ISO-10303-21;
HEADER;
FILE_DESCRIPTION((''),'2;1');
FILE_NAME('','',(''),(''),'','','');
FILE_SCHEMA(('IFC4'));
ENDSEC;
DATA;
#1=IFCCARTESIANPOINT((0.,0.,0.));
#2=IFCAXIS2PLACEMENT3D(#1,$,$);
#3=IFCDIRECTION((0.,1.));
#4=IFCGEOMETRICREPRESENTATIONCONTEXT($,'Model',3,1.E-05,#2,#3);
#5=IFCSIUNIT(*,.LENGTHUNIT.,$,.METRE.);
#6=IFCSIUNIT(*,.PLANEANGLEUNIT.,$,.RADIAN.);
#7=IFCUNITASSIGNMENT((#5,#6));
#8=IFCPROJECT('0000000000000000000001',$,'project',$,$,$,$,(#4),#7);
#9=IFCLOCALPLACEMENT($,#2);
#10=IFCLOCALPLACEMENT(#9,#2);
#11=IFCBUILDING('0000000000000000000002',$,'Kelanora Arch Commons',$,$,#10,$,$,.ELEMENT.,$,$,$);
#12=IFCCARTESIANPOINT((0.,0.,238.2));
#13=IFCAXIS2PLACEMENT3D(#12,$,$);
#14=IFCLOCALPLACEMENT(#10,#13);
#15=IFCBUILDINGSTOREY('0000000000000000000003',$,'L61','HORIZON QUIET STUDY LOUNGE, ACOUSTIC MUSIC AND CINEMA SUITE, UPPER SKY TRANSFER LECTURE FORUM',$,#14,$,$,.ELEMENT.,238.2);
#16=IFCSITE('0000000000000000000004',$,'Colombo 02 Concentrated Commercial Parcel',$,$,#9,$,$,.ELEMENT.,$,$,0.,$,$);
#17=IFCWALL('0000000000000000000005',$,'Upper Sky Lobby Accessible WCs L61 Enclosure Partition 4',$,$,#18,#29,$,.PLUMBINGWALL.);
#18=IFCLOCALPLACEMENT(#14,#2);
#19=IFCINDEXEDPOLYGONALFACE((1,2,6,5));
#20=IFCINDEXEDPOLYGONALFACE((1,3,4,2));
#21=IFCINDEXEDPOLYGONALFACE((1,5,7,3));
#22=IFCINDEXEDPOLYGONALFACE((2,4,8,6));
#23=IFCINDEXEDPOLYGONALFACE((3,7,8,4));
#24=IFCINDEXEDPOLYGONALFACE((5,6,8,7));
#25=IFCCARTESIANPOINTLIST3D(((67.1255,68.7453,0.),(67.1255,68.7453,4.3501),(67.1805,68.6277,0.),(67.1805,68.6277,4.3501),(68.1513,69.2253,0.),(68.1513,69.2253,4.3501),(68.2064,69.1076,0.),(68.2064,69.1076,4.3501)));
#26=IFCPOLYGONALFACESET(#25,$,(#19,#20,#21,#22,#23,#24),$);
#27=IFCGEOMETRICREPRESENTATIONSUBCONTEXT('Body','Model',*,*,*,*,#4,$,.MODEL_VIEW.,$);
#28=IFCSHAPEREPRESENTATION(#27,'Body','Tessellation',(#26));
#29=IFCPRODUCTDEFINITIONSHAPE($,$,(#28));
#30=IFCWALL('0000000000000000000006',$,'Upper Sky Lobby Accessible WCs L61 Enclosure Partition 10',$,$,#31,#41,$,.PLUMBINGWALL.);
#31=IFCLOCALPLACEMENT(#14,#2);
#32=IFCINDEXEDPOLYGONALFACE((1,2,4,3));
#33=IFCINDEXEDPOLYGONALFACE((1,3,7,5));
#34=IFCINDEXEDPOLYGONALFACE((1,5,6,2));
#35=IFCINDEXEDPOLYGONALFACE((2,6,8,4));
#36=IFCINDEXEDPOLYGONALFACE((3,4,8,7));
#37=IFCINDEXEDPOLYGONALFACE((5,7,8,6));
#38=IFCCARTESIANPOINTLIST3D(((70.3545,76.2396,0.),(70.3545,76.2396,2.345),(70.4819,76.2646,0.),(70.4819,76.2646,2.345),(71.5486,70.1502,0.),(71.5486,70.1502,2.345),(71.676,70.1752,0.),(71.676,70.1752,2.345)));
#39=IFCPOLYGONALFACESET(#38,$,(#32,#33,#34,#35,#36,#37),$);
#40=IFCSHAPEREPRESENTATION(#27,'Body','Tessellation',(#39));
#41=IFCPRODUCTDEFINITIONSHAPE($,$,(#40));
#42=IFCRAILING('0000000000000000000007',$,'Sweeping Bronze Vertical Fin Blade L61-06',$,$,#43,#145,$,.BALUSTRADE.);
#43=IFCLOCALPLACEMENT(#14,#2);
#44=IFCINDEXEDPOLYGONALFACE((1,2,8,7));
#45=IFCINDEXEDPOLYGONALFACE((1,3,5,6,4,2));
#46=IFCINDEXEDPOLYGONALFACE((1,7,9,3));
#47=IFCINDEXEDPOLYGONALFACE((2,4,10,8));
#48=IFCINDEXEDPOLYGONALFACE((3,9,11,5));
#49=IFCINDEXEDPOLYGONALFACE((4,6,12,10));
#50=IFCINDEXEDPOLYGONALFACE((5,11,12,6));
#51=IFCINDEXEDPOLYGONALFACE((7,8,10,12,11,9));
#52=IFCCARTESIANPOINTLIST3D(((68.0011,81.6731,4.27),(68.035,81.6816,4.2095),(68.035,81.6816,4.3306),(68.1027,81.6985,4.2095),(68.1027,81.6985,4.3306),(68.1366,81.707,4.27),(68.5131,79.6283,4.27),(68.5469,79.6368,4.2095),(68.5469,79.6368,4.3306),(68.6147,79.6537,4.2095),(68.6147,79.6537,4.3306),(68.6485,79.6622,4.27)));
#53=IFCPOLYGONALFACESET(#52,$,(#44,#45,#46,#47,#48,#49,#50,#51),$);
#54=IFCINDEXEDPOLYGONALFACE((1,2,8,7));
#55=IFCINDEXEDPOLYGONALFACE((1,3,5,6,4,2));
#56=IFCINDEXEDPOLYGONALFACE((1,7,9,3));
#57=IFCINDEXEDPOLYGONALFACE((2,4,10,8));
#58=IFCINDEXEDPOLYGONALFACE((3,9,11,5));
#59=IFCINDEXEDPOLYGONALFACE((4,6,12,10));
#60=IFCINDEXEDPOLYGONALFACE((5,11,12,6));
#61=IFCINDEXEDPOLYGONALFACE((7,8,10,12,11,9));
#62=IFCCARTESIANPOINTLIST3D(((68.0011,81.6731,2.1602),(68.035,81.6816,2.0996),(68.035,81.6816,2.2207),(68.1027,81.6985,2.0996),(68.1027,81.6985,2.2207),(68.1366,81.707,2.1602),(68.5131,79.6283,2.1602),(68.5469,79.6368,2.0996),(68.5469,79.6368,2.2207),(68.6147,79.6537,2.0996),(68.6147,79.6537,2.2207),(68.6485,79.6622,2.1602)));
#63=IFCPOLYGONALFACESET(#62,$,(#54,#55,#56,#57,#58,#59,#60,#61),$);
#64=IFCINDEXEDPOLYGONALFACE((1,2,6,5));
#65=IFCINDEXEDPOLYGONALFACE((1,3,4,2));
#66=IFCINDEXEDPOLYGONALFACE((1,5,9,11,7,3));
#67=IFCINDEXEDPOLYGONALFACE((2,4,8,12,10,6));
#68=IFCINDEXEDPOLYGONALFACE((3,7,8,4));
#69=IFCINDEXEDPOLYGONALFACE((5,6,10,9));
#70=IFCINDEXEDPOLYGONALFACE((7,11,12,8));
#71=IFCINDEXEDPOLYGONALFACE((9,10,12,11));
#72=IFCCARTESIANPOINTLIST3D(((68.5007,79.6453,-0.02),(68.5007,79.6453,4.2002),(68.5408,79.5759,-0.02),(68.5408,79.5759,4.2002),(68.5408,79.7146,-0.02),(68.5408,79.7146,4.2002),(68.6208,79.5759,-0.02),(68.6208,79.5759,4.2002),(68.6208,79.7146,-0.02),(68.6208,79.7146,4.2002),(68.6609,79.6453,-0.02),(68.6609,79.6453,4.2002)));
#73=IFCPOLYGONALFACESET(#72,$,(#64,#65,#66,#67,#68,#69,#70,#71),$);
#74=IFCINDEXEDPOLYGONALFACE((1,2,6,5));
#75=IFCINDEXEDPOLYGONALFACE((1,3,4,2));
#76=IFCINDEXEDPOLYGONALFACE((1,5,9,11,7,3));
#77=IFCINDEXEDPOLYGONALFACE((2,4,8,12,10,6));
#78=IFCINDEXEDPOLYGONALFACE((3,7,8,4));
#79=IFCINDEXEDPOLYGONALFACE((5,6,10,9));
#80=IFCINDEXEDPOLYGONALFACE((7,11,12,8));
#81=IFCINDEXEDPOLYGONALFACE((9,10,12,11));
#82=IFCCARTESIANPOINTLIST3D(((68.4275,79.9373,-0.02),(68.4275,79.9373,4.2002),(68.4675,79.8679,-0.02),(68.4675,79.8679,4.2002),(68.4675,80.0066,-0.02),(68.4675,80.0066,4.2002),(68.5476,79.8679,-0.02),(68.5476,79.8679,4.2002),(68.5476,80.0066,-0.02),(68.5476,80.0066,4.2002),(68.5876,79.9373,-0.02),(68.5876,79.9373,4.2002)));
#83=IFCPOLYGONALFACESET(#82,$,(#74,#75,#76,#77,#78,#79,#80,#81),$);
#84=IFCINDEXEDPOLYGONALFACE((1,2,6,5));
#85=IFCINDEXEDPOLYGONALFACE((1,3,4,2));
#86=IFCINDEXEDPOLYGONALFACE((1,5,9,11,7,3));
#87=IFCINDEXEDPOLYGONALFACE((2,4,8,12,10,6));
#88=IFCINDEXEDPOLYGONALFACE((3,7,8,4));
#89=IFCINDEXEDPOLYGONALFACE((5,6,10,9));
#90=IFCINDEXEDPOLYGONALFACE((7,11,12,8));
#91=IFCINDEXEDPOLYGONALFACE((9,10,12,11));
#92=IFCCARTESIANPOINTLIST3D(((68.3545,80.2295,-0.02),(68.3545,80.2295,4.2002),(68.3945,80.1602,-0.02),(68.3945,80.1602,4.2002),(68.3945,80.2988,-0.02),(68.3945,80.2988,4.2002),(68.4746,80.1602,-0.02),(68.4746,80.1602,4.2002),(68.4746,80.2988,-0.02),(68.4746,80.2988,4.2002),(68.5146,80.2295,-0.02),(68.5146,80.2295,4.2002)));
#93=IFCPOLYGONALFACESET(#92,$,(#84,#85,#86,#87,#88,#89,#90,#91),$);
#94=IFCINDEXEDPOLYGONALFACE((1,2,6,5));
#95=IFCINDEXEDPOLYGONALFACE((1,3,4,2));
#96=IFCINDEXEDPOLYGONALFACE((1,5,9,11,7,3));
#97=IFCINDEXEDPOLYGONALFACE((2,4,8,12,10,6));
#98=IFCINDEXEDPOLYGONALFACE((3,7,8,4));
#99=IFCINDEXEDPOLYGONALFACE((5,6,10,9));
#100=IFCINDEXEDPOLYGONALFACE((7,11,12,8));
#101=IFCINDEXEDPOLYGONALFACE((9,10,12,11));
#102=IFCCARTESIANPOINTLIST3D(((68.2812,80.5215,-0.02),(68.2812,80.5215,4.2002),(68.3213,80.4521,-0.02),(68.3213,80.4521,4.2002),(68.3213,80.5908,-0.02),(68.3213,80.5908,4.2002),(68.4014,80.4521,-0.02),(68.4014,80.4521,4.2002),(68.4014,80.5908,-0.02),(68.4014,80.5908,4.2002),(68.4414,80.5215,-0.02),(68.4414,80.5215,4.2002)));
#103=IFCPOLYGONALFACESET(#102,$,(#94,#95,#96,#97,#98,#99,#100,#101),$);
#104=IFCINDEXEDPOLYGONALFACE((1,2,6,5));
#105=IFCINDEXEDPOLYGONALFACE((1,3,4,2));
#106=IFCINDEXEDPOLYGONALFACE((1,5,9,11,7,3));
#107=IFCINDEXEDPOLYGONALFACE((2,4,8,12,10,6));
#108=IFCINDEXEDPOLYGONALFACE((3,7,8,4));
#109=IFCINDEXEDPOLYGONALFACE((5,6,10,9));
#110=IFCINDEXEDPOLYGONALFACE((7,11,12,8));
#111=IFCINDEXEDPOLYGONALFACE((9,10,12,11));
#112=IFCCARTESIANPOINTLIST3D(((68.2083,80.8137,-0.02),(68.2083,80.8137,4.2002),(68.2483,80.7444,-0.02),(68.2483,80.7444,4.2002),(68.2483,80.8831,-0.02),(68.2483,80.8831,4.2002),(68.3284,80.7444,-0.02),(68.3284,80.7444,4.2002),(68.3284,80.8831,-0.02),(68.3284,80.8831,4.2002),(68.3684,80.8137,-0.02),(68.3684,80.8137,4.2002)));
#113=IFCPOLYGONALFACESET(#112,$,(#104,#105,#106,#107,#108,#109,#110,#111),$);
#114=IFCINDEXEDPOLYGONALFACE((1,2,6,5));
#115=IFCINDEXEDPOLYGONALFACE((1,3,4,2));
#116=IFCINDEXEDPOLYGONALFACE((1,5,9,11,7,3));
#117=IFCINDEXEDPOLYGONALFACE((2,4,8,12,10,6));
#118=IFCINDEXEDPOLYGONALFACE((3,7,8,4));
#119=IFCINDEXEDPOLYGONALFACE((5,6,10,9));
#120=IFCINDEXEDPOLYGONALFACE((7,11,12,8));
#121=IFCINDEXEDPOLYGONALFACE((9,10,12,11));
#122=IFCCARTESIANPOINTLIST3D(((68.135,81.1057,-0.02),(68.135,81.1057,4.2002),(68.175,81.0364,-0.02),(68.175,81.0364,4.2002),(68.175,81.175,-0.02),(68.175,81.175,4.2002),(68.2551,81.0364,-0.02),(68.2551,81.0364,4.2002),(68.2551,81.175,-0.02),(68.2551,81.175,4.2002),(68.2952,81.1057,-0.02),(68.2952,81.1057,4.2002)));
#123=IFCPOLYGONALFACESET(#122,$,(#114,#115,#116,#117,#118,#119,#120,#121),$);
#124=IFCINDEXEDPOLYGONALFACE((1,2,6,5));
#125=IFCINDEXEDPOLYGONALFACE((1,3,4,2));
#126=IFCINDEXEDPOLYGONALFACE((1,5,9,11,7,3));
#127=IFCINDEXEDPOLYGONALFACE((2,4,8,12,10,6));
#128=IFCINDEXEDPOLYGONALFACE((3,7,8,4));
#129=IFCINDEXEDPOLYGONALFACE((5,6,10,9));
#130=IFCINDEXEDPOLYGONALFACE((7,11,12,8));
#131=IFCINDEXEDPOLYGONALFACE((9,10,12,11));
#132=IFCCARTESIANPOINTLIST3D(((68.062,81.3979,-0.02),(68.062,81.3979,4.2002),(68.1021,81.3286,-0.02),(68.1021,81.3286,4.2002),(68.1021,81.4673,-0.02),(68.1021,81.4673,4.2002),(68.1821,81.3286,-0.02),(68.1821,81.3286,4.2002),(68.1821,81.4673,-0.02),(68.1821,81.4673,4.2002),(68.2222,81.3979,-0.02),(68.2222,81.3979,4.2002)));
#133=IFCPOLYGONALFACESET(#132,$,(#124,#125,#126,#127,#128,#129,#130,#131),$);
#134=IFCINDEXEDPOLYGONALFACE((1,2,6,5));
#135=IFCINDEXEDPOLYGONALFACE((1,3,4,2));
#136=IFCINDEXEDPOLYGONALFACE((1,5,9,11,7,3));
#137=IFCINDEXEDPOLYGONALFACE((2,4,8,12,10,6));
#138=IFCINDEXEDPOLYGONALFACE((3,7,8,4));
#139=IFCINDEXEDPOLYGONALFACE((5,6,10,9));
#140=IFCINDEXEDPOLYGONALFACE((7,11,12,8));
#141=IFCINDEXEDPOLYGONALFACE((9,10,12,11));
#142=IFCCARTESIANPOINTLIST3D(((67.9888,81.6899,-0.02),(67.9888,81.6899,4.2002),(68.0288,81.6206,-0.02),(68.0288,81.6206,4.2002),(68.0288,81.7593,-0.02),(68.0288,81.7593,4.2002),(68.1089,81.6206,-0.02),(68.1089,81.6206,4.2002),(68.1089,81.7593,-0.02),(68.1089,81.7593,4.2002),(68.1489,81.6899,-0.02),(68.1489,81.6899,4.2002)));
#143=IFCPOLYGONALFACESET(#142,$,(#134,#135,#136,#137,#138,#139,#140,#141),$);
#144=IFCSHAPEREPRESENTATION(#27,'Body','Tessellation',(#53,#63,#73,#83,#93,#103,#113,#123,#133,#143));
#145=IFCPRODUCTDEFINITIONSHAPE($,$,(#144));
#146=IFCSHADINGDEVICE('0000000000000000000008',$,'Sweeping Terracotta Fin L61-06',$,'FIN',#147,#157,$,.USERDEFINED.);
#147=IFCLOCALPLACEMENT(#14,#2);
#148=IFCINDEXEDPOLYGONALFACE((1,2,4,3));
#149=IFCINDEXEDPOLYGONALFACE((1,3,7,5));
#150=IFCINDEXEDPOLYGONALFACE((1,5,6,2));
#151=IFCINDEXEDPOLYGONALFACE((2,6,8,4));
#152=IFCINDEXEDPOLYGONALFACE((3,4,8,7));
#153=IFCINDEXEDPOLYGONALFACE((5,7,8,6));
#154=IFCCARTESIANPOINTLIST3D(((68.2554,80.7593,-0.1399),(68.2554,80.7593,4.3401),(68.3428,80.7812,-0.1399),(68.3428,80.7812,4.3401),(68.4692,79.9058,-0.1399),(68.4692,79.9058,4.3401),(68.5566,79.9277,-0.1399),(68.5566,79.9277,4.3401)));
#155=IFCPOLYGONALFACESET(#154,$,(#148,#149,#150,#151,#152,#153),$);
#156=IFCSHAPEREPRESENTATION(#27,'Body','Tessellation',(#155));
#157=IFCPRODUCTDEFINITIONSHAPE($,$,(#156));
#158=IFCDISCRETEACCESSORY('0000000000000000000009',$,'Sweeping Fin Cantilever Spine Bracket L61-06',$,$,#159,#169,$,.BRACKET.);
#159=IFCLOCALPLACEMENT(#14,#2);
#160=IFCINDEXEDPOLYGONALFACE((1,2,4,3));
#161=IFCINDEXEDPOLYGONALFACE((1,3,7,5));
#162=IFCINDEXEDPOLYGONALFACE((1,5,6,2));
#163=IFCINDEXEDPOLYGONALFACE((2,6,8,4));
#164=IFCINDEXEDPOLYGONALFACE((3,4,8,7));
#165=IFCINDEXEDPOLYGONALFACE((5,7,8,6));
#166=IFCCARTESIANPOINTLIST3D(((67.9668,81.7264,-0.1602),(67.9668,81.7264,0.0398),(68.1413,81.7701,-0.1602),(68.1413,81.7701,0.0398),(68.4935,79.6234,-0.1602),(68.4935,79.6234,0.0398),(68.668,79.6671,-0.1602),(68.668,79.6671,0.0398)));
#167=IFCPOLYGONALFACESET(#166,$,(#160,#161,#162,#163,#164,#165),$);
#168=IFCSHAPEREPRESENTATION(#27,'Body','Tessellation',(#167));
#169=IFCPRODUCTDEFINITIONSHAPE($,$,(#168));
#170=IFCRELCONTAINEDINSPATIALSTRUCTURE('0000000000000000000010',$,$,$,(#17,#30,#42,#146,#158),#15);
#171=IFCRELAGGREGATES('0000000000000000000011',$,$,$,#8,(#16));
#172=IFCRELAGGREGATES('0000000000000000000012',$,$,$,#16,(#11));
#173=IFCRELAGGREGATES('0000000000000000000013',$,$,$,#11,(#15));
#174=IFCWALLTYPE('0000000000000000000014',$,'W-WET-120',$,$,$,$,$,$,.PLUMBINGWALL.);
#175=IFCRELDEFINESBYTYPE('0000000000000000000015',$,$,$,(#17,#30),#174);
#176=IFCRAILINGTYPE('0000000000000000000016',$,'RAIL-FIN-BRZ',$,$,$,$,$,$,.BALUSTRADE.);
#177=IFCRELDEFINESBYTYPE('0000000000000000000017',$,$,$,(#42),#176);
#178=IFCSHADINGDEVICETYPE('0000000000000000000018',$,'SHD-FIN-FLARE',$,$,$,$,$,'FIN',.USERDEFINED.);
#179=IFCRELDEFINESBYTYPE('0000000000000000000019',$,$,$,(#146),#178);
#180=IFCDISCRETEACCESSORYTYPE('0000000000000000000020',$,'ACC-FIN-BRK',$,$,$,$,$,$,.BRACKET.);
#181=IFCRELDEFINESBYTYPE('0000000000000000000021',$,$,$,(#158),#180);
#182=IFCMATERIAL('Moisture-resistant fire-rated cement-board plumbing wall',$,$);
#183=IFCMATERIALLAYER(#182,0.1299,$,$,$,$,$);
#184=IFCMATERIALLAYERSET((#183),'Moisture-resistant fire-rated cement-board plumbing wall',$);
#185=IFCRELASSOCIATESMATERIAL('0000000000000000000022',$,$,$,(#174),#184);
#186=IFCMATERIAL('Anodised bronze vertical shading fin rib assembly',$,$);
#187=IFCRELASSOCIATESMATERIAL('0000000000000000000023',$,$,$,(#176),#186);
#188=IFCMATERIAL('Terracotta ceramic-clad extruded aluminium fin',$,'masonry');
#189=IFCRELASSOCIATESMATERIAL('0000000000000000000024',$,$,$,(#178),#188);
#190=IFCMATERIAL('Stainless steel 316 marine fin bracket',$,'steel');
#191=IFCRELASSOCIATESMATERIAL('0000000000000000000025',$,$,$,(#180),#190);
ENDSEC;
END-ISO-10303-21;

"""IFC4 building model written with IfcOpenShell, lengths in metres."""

from ifc_helpers import new_model, si_unit, direction, frame, frame_2d, origin, origin_2d, place, context, subcontext, project, spatial, polyline, rectangle, outline, extrude, source, transform, mapped, material, layer, layer_set, type_object, element, save


model = new_model("IFC4")

# Units and contexts
model_context = context("Model", 3, precision=1e-05, world=origin(), true_north=direction((0.0, 1.0)))
body_context = subcontext(model_context, "Body", "Model", "MODEL_VIEW")
ifc_project = project(units=[si_unit("LENGTHUNIT", "METRE"), si_unit("PLANEANGLEUNIT", "RADIAN")], contexts=[model_context])

# Site, building, storey
site_placement = place(None, origin())
site = spatial("IfcSite", under=ifc_project, at=site_placement, Name="Colombo 02 Concentrated Commercial Parcel", CompositionType="ELEMENT", RefElevation=0.0)
building_placement = place(site_placement, origin())
building = spatial("IfcBuilding", under=site, at=building_placement, Name="Kelanora Arch Commons", CompositionType="ELEMENT")
storey_placement = place(building_placement, frame((0.0, 0.0, 238.2)))
storey = spatial("IfcBuildingStorey", under=building, at=storey_placement, Name="L61", Description="HORIZON QUIET STUDY LOUNGE, ACOUSTIC MUSIC AND CINEMA SUITE, UPPER SKY TRANSFER LECTURE FORUM", CompositionType="ELEMENT", Elevation=238.2)

# Shared definitions
ifc_material_1 = material(Name="Moisture-resistant fire-rated cement-board plumbing wall")
ifc_layer_1 = layer(ifc_material_1, 0.1299)
ifc_layer_set_1 = layer_set([ifc_layer_1], Name="Moisture-resistant fire-rated cement-board plumbing wall")
wall_type_1 = type_object("IfcWallType", Name="W-WET-120", PredefinedType="PLUMBINGWALL", material=ifc_layer_set_1)

# Walls
wall_1_placement = place(storey_placement, frame((68.179, 69.1665, 0.0), z_axis=(0.0, 0.0, 1.0), x_axis=(-0.905764, -0.423782, 0.0)))
element("IfcWall", 1, at=wall_1_placement, inside=storey, type_object=wall_type_1, Name="Upper Sky Lobby Accessible WCs L61 Enclosure Partition 4", PredefinedType="PLUMBINGWALL", context=body_context, shape_type="SweptSolid", body=[
    extrude(rectangle(XDim=1.1326, YDim=0.1299, at=frame_2d((0.5664, 0.0))), origin(), (0.0, 0.0, 1.0), 4.3501),
])
wall_2_placement = place(storey_placement, frame((70.4182, 76.252, 0.0), z_axis=(0.0, 0.0, 1.0), x_axis=(0.19243, -0.981311, 0.0)))
element("IfcWall", 2, at=wall_2_placement, inside=storey, type_object=wall_type_1, Name="Upper Sky Lobby Accessible WCs L61 Enclosure Partition 10", PredefinedType="PLUMBINGWALL", context=body_context, shape_type="SweptSolid", body=[
    extrude(rectangle(XDim=6.2053, YDim=0.1299, at=frame_2d((3.1025, 0.0))), origin(), (0.0, 0.0, 1.0), 2.345),
])

# Railing
ifc_material_2 = material(Name="Anodised bronze vertical shading fin rib assembly")
railing_type = type_object("IfcRailingType", Name="RAIL-FIN-BRZ", PredefinedType="BALUSTRADE", material=ifc_material_2)
railing_placement = place(storey_placement, frame((68.5808, 79.6453, -0.02)))
element("IfcRailing", 3, at=railing_placement, inside=storey, type_object=railing_type, Name="Sweeping Bronze Vertical Fin Blade L61-06", PredefinedType="BALUSTRADE", context=body_context, shape_type="SweptSolid", body=[
    extrude(outline(polyline([(0.0698, 0.0), (0.0349, 0.0605), (-0.0349, 0.0605), (-0.0698, 0.0), (-0.0349, -0.0605), (0.0349, -0.0605), (0.0698, 0.0)])), frame((0.0, 0.0, 4.29), z_axis=(-0.24289, 0.970054, 0.0), x_axis=(-0.970054, -0.24289, 0.0)), (0.0, 0.0, 1.0), 2.1079),
    extrude(outline(polyline([(0.0698, 0.0), (0.0349, 0.0605), (-0.0349, 0.0605), (-0.0698, 0.0), (-0.0349, -0.0605), (0.0349, -0.0605), (0.0698, 0.0)])), frame((0.0, 0.0, 2.1802), z_axis=(-0.24289, 0.970054, 0.0), x_axis=(-0.970054, -0.24289, 0.0)), (0.0, 0.0, 1.0), 2.1079),
    extrude(outline(polyline([(0.0801, 0.0), (0.04, 0.0693), (-0.04, 0.0693), (-0.0801, 0.0), (-0.04, -0.0693), (0.04, -0.0693), (0.0801, 0.0)])), origin(), (0.0, 0.0, 1.0), 4.2202),
    extrude(outline(polyline([(0.0801, 0.0), (0.04, 0.0693), (-0.04, 0.0693), (-0.0801, 0.0), (-0.04, -0.0693), (0.04, -0.0693), (0.0801, 0.0)])), frame((-0.0732, 0.292, 0.0)), (0.0, 0.0, 1.0), 4.2202),
    extrude(outline(polyline([(0.0801, 0.0), (0.04, 0.0693), (-0.04, 0.0693), (-0.0801, 0.0), (-0.04, -0.0693), (0.04, -0.0693), (0.0801, 0.0)])), frame((-0.1462, 0.5842, 0.0)), (0.0, 0.0, 1.0), 4.2202),
    extrude(outline(polyline([(0.0801, 0.0), (0.04, 0.0693), (-0.04, 0.0693), (-0.0801, 0.0), (-0.04, -0.0693), (0.04, -0.0693), (0.0801, 0.0)])), frame((-0.2195, 0.8762, 0.0)), (0.0, 0.0, 1.0), 4.2202),
    extrude(outline(polyline([(0.0801, 0.0), (0.04, 0.0693), (-0.04, 0.0693), (-0.0801, 0.0), (-0.04, -0.0693), (0.04, -0.0693), (0.0801, 0.0)])), frame((-0.2925, 1.1685, 0.0)), (0.0, 0.0, 1.0), 4.2202),
    extrude(outline(polyline([(0.0801, 0.0), (0.04, 0.0693), (-0.04, 0.0693), (-0.0801, 0.0), (-0.04, -0.0693), (0.04, -0.0693), (0.0801, 0.0)])), frame((-0.3657, 1.4604, 0.0)), (0.0, 0.0, 1.0), 4.2202),
    extrude(outline(polyline([(0.0801, 0.0), (0.04, 0.0693), (-0.04, 0.0693), (-0.0801, 0.0), (-0.04, -0.0693), (0.04, -0.0693), (0.0801, 0.0)])), frame((-0.4387, 1.7527, 0.0)), (0.0, 0.0, 1.0), 4.2202),
    extrude(outline(polyline([(0.0801, 0.0), (0.04, 0.0693), (-0.04, 0.0693), (-0.0801, 0.0), (-0.04, -0.0693), (0.04, -0.0693), (0.0801, 0.0)])), frame((-0.512, 2.0447, 0.0)), (0.0, 0.0, 1.0), 4.2202),
])

# Shading device
ifc_material_3 = material(Name="Terracotta ceramic-clad extruded aluminium fin", Category="masonry")
shading_device_type = type_object("IfcShadingDeviceType", Name="SHD-FIN-FLARE", ElementType="FIN", PredefinedType="USERDEFINED", material=ifc_material_3)
shared_shape_1 = source(origin(), body_context, "Body", "SweptSolid", [
    extrude(rectangle(XDim=0.8799, YDim=0.0901, at=origin_2d()), origin(), (0.0, 0.0, 1.0), 4.48),
])
shading_device_placement = place(storey_placement, frame((68.406, 80.3435, -0.1399), z_axis=(0.0, 0.0, 1.0), x_axis=(-0.242938, 0.970042, 0.0)))
element("IfcShadingDevice", 4, at=shading_device_placement, inside=storey, type_object=shading_device_type, Name="Sweeping Terracotta Fin L61-06", ObjectType="FIN", PredefinedType="USERDEFINED", context=body_context, shape_type="MappedRepresentation", body=[
    mapped(shared_shape_1, transform((0.0, 0.0, 0.0), scale=1.0)),
])

# Discrete accessory
ifc_material_4 = material(Name="Stainless steel 316 marine fin bracket", Category="steel")
discrete_accessory_type = type_object("IfcDiscreteAccessoryType", Name="ACC-FIN-BRK", PredefinedType="BRACKET", material=ifc_material_4)
shared_shape_2 = source(origin(), body_context, "Body", "SweptSolid", [
    extrude(rectangle(XDim=2.168, YDim=0.1799, at=origin_2d()), origin(), (0.0, 0.0, 1.0), 0.2),
])
discrete_accessory_placement = place(storey_placement, frame((68.3174, 80.6968, -0.1602), z_axis=(0.0, 0.0, 1.0), x_axis=(-0.242938, 0.970042, 0.0)))
element("IfcDiscreteAccessory", 5, at=discrete_accessory_placement, inside=storey, type_object=discrete_accessory_type, Name="Sweeping Fin Cantilever Spine Bracket L61-06", PredefinedType="BRACKET", context=body_context, shape_type="MappedRepresentation", body=[
    mapped(shared_shape_2, transform((0.0, 0.0, 0.0), scale=1.0)),
])

save(model, "model.ifc")
